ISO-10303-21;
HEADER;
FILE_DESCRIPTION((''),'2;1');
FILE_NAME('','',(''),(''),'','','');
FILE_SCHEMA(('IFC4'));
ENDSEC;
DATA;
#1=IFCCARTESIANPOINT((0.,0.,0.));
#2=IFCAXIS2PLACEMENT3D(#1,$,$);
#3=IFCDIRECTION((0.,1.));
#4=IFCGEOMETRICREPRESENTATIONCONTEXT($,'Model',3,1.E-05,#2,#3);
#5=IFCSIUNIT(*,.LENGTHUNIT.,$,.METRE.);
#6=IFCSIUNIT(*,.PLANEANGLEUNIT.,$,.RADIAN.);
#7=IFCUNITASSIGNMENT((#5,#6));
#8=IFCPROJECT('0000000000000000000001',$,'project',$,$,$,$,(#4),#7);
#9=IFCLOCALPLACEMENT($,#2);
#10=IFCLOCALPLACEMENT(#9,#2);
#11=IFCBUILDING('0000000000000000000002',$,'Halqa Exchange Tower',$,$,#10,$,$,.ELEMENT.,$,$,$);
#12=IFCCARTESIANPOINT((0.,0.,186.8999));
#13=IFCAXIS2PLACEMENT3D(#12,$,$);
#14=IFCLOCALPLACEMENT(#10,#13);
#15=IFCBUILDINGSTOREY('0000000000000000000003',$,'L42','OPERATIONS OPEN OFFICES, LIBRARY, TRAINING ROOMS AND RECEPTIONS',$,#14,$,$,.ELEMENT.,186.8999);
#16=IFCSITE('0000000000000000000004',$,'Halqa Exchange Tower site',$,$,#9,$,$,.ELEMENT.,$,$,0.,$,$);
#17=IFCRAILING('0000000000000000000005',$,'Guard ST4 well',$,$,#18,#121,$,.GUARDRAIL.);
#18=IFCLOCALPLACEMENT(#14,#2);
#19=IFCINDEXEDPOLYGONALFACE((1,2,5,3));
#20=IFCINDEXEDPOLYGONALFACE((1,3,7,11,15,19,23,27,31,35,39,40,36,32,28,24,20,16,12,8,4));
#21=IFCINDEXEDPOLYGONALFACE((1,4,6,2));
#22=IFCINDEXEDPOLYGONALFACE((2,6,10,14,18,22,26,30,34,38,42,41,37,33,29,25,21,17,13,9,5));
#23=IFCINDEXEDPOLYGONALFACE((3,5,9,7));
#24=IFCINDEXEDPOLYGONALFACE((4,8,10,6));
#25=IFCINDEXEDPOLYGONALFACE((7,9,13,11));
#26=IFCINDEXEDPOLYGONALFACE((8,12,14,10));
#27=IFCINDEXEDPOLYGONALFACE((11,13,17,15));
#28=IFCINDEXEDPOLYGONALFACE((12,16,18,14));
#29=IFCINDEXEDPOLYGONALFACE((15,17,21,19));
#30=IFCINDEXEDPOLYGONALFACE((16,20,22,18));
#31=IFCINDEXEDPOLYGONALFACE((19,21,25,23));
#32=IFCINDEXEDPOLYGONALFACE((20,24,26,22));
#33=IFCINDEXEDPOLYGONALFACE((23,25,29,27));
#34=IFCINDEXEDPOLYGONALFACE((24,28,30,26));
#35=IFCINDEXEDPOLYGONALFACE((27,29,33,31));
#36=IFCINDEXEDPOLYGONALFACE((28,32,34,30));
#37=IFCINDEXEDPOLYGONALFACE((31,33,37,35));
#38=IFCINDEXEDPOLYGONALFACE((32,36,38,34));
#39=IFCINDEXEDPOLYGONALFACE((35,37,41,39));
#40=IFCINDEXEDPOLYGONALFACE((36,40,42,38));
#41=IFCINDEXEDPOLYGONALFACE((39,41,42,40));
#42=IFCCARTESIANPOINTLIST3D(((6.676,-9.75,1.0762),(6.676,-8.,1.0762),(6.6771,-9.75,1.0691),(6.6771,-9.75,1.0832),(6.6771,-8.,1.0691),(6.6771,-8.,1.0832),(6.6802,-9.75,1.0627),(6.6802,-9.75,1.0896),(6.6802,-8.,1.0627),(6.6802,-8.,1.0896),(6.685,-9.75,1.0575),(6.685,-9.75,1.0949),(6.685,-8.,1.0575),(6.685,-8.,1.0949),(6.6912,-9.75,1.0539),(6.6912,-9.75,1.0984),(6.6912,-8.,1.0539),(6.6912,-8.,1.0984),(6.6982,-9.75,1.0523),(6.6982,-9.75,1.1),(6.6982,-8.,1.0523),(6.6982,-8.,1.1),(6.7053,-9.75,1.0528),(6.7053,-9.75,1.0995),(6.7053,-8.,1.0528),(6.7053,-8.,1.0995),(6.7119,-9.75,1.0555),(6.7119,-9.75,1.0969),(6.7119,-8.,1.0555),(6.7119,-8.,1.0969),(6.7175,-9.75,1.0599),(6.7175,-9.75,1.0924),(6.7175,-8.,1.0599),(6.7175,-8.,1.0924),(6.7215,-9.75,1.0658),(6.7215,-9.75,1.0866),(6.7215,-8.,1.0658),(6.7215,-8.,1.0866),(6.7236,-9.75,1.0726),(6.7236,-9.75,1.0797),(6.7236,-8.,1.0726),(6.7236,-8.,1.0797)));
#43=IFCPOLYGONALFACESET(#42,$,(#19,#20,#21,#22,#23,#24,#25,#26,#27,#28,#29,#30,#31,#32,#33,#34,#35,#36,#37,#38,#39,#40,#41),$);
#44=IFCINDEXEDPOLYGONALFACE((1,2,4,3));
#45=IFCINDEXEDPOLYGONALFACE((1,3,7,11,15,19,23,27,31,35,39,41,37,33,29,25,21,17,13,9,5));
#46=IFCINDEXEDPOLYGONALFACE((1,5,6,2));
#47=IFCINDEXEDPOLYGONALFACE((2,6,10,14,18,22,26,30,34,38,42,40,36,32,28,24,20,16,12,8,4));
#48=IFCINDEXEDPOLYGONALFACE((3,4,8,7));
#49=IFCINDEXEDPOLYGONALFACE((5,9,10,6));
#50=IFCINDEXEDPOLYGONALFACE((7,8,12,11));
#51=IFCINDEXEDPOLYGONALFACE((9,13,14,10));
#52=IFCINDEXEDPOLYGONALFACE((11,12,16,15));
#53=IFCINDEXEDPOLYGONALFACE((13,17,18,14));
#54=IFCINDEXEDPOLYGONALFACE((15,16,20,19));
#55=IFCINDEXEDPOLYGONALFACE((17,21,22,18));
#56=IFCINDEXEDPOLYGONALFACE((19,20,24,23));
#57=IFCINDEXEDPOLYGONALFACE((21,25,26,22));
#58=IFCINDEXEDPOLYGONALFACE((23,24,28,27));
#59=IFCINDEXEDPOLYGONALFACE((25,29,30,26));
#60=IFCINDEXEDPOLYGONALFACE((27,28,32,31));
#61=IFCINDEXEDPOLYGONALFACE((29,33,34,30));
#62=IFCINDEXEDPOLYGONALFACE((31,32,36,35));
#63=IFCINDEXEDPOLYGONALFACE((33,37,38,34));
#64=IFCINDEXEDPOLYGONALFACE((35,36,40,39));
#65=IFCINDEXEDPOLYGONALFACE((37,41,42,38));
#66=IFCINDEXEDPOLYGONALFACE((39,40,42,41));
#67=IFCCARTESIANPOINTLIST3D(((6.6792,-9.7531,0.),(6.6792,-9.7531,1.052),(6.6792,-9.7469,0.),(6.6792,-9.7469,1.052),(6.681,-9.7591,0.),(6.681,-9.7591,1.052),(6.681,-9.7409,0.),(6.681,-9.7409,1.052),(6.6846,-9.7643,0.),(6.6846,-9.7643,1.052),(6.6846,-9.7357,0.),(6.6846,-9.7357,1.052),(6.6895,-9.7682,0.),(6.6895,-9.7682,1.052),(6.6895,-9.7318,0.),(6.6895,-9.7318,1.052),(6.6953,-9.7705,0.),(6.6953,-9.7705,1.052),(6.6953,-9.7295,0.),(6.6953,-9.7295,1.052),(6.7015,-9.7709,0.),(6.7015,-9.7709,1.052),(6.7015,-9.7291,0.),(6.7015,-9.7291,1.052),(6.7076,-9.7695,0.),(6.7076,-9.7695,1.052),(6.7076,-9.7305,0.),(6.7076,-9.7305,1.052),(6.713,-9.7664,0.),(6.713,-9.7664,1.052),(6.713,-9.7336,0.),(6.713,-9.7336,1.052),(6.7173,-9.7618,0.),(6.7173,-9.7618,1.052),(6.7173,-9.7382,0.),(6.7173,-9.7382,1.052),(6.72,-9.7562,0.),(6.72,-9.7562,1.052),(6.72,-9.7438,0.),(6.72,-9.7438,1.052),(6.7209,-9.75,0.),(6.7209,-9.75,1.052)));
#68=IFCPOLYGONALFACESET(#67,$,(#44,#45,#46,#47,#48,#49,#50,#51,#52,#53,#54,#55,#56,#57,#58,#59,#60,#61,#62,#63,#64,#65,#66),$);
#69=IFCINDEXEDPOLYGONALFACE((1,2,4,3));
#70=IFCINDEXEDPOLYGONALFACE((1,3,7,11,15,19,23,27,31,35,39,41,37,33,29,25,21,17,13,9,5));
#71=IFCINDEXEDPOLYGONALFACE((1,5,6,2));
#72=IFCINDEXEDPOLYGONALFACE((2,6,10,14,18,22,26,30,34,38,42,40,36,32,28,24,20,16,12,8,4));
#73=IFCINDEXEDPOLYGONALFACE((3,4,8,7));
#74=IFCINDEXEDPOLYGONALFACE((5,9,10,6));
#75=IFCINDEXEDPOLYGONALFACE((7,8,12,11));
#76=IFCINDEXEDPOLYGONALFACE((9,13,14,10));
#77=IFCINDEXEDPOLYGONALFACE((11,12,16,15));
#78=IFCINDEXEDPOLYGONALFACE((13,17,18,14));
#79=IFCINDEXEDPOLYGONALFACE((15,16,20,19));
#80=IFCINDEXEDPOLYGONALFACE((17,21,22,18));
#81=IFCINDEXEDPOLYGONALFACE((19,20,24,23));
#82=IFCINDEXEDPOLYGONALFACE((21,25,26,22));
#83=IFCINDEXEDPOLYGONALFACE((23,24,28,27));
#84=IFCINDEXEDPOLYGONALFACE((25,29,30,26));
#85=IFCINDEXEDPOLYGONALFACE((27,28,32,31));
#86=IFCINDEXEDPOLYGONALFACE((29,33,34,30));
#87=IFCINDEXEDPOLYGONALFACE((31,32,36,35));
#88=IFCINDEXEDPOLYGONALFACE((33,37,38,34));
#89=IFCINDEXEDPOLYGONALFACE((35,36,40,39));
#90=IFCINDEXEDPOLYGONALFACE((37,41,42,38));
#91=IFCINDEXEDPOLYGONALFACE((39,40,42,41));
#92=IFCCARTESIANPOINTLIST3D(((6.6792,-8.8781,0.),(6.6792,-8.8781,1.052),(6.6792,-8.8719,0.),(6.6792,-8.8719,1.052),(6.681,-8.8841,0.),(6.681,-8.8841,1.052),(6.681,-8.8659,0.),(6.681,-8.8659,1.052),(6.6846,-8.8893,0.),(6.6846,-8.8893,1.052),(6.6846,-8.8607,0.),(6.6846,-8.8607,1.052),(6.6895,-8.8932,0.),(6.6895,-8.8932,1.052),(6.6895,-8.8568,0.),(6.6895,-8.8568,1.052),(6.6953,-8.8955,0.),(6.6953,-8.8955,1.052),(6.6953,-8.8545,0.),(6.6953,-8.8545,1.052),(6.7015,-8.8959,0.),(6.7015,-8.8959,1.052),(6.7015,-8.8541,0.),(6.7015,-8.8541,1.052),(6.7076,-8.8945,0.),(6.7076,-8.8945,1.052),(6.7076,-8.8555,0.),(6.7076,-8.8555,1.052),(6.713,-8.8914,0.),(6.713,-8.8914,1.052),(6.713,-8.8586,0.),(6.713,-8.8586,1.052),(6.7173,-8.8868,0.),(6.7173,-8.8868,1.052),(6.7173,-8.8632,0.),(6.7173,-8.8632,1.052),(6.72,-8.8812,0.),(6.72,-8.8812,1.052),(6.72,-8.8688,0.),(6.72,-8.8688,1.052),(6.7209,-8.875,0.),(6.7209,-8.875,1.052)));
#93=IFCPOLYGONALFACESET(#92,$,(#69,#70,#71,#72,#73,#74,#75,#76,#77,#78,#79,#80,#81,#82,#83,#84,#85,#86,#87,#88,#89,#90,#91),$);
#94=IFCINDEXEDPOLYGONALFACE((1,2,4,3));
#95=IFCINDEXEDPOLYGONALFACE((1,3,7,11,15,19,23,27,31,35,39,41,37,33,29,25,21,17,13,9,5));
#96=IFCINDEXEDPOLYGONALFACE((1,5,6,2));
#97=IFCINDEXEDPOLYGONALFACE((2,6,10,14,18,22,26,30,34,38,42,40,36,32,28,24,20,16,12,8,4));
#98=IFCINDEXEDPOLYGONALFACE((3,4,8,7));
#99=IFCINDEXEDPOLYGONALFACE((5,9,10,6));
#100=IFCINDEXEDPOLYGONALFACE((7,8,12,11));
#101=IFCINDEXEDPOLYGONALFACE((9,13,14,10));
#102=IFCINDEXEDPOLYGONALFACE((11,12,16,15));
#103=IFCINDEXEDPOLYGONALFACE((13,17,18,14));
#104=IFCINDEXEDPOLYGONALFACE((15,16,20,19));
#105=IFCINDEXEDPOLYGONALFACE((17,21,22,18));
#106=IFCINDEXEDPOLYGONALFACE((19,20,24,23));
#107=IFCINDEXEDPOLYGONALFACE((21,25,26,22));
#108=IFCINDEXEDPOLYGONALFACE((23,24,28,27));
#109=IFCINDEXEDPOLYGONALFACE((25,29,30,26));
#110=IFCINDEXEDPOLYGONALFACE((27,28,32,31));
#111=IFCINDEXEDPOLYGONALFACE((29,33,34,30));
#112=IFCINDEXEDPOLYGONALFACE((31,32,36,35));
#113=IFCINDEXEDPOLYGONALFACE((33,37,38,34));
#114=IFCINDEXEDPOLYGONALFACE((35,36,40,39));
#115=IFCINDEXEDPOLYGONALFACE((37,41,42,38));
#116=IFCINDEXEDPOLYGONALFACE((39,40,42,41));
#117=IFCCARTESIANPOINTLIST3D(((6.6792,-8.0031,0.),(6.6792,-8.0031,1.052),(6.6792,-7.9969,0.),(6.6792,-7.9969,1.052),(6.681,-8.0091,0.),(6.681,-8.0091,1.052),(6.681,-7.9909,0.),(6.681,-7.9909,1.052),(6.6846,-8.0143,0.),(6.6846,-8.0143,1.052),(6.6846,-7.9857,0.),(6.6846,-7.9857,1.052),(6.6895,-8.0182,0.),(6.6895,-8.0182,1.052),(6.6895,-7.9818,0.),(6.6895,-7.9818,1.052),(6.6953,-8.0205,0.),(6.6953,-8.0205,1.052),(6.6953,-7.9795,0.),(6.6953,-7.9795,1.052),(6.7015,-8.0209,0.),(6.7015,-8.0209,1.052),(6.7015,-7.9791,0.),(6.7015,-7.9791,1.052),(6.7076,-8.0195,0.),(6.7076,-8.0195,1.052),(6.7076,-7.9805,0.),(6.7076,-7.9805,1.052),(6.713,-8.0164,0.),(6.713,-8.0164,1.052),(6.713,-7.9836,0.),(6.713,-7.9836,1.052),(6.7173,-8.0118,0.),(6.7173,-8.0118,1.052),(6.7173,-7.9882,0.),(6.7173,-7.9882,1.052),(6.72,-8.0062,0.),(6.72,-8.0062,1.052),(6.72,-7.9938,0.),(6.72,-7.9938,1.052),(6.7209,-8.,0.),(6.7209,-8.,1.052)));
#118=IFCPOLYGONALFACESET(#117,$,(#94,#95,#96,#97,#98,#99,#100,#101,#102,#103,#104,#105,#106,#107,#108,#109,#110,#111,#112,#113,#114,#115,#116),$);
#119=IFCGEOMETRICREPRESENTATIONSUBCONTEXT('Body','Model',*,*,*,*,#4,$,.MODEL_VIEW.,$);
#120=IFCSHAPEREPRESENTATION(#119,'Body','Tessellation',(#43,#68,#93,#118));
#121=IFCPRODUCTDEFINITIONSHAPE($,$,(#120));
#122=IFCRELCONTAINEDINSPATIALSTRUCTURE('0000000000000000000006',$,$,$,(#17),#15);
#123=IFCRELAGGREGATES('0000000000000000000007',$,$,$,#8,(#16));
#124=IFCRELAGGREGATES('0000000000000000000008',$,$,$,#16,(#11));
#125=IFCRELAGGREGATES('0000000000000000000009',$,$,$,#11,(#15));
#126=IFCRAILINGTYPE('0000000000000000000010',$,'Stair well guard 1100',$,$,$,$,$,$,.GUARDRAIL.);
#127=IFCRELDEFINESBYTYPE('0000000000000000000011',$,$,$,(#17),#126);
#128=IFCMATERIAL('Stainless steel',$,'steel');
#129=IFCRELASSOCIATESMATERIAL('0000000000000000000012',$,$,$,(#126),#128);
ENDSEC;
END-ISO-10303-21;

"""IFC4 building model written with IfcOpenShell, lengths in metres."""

from ifc_helpers import new_model, si_unit, direction, frame, origin, origin_2d, place, context, subcontext, project, spatial, circle, extrude, material, type_object, element, save


model = new_model("IFC4")

# Units and contexts
model_context = context("Model", 3, precision=1e-05, world=origin(), true_north=direction((0.0, 1.0)))
body_context = subcontext(model_context, "Body", "Model", "MODEL_VIEW")
ifc_project = project(units=[si_unit("LENGTHUNIT", "METRE"), si_unit("PLANEANGLEUNIT", "RADIAN")], contexts=[model_context])

# Site, building, storey
site_placement = place(None, origin())
site = spatial("IfcSite", under=ifc_project, at=site_placement, Name="Halqa Exchange Tower site", CompositionType="ELEMENT", RefElevation=0.0)
building_placement = place(site_placement, origin())
building = spatial("IfcBuilding", under=site, at=building_placement, Name="Halqa Exchange Tower", CompositionType="ELEMENT")
storey_placement = place(building_placement, frame((0.0, 0.0, 186.8999)))
storey = spatial("IfcBuildingStorey", under=building, at=storey_placement, Name="L42", Description="OPERATIONS OPEN OFFICES, LIBRARY, TRAINING ROOMS AND RECEPTIONS", CompositionType="ELEMENT", Elevation=186.8999)

# Railing
ifc_material_1 = material(Name="Stainless steel", Category="steel")
railing_type_1 = type_object("IfcRailingType", Name="Stair well guard 1100", PredefinedType="GUARDRAIL", material=ifc_material_1)
railing_1_placement = place(storey_placement, frame((6.7, -9.75, 0.0)))
element("IfcRailing", 1, at=railing_1_placement, inside=storey, type_object=railing_type_1, Name="Guard ST4 well", PredefinedType="GUARDRAIL", context=body_context, shape_type="SweptSolid", body=[
    extrude(circle(Radius=0.0239, at=origin_2d()), frame((0.0, 0.0, 1.0762), z_axis=(0.0, 1.0, 0.0), x_axis=(-1.0, 0.0, 0.0)), (0.0, 0.0, 1.0), 1.75),
    extrude(circle(Radius=0.021, at=origin_2d()), origin(), (0.0, 0.0, 1.0), 1.052),
    extrude(circle(Radius=0.021, at=origin_2d()), frame((0.0, 0.875, 0.0)), (0.0, 0.0, 1.0), 1.052),
    extrude(circle(Radius=0.021, at=origin_2d()), frame((0.0, 1.75, 0.0)), (0.0, 0.0, 1.0), 1.052),
])

save(model, "model.ifc")
